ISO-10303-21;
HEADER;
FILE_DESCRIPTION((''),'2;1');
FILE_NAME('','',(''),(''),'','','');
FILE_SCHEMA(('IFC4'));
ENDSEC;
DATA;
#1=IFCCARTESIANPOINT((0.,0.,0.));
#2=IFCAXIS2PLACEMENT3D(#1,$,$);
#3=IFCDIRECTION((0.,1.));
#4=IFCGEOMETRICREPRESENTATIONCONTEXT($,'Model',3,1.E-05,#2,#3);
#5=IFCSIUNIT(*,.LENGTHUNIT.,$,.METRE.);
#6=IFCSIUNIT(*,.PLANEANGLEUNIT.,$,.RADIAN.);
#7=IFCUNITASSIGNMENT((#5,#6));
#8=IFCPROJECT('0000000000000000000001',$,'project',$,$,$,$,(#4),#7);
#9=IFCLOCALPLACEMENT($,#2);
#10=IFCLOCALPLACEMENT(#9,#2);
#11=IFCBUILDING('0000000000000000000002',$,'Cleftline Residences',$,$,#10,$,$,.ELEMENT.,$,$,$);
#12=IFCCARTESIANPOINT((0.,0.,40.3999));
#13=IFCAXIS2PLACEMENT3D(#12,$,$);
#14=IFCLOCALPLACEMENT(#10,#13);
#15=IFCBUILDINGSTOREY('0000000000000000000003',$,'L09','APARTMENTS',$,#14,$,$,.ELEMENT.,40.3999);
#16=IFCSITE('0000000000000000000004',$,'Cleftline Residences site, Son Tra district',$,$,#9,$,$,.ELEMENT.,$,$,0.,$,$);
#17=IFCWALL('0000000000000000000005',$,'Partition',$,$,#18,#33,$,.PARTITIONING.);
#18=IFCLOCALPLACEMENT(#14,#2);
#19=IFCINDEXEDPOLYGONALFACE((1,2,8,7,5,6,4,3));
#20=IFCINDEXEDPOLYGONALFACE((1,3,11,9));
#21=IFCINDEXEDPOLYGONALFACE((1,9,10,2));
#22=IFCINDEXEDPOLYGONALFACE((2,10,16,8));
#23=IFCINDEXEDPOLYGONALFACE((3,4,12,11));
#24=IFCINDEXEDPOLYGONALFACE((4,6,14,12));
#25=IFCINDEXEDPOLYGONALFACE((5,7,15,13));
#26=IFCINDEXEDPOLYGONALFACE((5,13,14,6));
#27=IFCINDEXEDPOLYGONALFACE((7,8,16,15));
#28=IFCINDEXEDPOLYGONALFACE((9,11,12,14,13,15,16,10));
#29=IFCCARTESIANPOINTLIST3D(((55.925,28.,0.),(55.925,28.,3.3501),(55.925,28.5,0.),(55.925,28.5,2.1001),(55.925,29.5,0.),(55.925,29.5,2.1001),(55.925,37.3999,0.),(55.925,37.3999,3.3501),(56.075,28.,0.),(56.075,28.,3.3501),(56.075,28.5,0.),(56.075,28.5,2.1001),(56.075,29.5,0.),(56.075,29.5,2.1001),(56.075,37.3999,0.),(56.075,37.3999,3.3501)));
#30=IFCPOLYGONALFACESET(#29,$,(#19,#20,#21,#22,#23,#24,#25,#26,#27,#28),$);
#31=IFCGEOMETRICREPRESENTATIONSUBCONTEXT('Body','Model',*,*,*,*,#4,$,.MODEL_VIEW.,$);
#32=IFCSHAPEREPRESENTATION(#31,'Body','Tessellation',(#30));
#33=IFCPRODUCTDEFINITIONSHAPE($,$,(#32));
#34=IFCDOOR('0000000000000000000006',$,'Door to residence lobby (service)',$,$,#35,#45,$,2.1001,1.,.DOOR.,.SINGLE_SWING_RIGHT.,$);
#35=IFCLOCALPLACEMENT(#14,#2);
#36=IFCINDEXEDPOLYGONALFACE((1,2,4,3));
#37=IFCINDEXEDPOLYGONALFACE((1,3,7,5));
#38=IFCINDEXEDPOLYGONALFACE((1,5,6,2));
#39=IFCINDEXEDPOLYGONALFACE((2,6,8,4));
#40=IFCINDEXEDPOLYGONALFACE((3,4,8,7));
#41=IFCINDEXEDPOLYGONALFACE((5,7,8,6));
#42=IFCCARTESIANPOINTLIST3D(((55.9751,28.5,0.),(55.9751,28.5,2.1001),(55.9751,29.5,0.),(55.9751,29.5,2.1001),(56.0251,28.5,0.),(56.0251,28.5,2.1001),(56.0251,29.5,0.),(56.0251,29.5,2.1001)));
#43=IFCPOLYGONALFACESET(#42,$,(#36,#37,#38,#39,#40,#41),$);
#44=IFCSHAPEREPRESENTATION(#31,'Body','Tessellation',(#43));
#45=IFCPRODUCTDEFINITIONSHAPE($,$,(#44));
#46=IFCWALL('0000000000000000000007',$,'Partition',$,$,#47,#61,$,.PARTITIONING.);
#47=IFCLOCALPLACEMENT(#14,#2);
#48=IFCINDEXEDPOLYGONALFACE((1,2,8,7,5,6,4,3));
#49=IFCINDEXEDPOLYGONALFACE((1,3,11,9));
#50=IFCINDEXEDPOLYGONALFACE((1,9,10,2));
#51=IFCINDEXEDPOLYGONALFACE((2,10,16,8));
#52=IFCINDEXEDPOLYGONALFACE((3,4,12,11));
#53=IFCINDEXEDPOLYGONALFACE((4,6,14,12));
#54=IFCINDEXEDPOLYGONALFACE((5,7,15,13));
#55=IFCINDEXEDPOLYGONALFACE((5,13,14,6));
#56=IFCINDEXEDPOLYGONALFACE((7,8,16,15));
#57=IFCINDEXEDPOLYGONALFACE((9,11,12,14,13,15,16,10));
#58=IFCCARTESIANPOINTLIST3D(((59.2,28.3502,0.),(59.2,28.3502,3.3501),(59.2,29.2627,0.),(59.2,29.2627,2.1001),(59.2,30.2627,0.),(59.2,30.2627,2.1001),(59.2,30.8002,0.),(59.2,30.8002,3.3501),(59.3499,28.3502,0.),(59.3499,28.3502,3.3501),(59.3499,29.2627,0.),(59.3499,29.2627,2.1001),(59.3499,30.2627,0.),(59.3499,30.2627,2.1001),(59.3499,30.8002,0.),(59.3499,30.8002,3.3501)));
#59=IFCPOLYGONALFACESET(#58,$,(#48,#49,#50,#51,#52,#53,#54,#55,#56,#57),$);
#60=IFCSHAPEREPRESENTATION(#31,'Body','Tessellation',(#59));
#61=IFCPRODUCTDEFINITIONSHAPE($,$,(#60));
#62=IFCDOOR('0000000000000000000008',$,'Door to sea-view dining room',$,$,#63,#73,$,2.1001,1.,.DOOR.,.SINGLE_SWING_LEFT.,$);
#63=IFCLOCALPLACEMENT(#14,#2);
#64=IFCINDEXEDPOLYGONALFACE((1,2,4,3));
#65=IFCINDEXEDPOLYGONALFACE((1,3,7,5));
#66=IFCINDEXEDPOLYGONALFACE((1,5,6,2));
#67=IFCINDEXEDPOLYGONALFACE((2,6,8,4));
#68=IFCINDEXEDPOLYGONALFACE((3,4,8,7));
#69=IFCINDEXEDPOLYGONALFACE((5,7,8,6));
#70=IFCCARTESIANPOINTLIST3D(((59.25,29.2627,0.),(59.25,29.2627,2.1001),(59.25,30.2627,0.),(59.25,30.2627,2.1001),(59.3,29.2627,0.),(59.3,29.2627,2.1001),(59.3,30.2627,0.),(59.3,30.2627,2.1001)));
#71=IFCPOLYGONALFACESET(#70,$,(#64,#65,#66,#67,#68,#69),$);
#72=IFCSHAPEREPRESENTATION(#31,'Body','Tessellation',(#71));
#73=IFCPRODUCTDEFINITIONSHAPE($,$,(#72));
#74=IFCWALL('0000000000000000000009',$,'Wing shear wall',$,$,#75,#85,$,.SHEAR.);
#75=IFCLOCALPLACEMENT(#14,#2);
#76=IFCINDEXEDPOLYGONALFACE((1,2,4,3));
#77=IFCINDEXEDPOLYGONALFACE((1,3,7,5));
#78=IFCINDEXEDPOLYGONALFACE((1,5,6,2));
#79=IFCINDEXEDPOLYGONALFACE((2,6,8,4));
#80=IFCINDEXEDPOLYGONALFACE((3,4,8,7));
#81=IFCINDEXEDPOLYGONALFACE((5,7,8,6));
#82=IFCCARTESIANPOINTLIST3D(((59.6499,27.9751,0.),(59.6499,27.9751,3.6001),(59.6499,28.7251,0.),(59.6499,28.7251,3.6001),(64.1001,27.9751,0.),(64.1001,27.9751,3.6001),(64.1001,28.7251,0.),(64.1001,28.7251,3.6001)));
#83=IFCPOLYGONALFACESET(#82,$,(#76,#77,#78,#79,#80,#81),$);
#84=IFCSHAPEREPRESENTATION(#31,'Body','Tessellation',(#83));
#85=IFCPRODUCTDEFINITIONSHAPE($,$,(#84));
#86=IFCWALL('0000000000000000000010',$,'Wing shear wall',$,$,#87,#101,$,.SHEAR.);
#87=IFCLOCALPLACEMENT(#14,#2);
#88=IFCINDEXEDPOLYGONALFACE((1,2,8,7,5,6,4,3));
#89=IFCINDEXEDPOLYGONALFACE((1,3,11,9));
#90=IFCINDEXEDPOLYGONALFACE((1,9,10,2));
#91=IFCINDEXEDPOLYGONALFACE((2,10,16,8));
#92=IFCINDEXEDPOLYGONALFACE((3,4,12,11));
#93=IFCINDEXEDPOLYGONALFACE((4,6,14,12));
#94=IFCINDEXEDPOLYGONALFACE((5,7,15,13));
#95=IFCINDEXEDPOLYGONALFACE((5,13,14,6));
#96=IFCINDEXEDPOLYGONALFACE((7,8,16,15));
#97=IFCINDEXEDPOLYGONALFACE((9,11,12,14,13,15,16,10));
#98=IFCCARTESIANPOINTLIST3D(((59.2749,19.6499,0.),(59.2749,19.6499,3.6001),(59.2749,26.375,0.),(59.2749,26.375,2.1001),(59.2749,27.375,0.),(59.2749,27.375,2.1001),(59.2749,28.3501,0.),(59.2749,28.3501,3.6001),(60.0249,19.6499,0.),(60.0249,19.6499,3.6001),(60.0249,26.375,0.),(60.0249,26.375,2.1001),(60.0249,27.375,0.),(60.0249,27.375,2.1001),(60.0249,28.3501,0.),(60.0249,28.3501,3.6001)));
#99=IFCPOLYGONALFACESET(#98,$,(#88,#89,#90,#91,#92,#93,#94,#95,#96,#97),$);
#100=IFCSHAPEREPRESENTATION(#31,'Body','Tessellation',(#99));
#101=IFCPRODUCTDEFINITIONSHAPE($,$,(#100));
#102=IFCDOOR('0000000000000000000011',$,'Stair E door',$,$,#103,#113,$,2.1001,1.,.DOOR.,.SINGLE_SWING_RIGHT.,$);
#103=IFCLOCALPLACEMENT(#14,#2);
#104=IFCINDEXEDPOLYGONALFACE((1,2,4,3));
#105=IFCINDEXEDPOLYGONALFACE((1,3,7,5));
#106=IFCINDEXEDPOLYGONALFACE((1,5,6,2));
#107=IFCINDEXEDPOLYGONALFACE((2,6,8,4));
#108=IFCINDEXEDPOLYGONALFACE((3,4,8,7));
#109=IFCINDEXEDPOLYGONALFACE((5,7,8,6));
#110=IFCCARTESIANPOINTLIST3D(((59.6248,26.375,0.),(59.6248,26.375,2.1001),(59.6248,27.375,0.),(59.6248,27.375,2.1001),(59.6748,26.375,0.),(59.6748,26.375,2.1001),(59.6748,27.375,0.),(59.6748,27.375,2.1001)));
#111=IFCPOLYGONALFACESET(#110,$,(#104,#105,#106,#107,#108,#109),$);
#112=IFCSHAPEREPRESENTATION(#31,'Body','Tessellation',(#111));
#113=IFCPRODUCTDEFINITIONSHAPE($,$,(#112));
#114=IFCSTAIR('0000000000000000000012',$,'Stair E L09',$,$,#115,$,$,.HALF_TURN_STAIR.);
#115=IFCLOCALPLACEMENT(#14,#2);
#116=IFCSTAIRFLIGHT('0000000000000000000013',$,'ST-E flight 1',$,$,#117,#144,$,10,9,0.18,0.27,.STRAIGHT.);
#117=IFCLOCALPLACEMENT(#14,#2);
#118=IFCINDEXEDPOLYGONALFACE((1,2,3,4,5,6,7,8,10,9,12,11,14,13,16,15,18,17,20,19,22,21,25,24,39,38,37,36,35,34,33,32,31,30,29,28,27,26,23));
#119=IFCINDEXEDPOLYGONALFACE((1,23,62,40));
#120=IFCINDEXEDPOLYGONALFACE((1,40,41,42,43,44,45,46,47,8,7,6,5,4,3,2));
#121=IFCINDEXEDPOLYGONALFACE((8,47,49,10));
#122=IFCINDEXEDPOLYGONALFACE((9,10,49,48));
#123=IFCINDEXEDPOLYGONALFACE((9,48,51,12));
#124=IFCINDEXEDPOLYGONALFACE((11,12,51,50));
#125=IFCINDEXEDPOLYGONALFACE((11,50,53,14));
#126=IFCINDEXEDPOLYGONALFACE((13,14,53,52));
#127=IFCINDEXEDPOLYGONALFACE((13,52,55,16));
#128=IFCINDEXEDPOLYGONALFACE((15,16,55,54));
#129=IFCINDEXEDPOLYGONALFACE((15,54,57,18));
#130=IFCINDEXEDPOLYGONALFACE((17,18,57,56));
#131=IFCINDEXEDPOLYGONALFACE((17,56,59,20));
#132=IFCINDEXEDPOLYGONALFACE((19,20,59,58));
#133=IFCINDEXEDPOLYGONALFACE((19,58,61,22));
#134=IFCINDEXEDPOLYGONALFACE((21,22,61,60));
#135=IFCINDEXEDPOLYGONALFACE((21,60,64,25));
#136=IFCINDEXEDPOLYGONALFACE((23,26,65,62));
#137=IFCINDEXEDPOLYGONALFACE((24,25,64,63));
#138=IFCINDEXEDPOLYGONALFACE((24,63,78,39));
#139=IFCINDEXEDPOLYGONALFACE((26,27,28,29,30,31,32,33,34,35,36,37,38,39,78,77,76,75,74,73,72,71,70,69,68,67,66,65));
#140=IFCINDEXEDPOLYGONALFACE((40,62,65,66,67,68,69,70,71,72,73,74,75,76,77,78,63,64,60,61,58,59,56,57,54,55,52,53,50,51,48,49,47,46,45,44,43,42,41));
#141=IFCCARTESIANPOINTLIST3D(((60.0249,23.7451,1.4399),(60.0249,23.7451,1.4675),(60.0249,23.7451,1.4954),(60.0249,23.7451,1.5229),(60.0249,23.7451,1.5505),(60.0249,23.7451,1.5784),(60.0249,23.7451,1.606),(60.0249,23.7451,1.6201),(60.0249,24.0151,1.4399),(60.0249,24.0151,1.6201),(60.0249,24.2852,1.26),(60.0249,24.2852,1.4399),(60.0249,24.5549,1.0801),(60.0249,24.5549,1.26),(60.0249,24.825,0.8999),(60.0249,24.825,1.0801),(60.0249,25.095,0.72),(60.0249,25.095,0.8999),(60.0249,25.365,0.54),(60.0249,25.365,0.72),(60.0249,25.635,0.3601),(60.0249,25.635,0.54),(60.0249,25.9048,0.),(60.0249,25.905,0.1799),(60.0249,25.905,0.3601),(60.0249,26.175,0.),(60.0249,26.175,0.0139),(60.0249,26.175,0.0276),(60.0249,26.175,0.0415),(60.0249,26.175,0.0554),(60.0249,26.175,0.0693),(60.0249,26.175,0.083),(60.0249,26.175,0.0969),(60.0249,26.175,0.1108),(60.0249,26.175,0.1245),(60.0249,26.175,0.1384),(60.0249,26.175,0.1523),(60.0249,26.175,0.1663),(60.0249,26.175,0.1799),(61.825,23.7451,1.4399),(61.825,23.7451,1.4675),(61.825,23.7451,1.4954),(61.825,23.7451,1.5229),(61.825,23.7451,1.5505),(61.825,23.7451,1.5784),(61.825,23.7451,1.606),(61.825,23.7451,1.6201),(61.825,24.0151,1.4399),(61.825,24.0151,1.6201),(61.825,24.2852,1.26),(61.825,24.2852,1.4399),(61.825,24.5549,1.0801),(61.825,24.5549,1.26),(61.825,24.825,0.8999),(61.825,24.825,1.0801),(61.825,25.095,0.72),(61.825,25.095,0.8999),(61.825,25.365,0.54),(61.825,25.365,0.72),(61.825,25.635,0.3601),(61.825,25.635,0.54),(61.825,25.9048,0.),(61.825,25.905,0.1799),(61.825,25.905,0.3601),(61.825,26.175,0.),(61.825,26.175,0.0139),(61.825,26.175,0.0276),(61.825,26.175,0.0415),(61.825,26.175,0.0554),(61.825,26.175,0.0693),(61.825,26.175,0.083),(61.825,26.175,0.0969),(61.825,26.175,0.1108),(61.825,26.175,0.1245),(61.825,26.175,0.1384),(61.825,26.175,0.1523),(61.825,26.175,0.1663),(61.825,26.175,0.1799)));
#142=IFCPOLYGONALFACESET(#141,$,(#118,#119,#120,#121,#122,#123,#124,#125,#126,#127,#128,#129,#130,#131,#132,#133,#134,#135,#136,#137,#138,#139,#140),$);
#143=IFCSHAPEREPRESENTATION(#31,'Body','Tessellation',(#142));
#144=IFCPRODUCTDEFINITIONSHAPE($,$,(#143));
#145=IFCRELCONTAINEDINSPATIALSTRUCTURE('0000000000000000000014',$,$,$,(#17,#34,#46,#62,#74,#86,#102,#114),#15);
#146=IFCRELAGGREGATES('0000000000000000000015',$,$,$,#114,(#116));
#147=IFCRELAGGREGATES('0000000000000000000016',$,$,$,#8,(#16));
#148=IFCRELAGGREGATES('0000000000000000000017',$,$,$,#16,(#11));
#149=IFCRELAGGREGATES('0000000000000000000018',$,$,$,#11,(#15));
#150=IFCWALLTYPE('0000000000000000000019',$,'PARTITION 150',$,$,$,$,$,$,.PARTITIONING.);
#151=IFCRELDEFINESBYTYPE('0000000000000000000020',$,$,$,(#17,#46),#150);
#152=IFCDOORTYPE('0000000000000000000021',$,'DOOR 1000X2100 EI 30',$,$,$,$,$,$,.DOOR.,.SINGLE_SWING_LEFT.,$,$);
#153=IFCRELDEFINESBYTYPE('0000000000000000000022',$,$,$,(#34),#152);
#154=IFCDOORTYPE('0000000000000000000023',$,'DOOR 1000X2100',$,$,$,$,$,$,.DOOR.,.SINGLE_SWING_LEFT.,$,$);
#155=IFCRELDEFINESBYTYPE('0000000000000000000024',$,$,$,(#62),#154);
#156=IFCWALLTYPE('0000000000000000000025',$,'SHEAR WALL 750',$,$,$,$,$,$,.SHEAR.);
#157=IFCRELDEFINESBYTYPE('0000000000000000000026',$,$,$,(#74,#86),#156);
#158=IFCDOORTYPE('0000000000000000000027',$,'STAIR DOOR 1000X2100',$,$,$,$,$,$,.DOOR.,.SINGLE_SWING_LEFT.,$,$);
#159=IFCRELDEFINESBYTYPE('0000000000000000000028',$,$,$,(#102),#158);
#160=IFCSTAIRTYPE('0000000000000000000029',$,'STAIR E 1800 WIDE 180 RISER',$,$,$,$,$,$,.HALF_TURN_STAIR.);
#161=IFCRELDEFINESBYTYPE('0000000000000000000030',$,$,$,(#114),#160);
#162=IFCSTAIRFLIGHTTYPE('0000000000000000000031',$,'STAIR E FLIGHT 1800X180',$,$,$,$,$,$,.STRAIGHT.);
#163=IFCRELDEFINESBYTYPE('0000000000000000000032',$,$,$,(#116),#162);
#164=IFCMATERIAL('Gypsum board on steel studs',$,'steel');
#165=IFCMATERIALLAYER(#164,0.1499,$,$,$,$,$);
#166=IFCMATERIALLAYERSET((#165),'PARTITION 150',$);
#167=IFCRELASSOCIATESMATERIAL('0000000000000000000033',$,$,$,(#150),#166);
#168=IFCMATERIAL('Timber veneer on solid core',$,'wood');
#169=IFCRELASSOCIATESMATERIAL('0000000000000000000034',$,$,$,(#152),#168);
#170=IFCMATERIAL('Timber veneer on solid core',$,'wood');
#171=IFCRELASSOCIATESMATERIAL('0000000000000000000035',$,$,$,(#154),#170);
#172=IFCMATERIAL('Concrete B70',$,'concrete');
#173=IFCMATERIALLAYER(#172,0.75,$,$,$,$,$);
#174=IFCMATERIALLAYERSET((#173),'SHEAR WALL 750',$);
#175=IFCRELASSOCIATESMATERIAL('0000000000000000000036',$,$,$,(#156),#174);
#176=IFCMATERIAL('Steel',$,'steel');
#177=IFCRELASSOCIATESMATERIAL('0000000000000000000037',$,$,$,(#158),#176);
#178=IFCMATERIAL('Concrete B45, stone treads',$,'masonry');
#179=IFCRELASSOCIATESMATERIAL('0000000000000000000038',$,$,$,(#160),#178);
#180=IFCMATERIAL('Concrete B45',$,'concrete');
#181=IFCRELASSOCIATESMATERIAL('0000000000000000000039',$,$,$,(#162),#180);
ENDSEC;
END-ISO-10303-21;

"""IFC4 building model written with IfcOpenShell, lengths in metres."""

from ifc_helpers import new_model, si_unit, direction, frame, frame_2d, origin, place, context, subcontext, project, spatial, polyline, rectangle, outline, extrude, material, layer, layer_set, type_object, element, fill, aggregate, save


model = new_model("IFC4")

# Units and contexts
model_context = context("Model", 3, precision=1e-05, world=origin(), true_north=direction((0.0, 1.0)))
body_context = subcontext(model_context, "Body", "Model", "MODEL_VIEW")
ifc_project = project(units=[si_unit("LENGTHUNIT", "METRE"), si_unit("PLANEANGLEUNIT", "RADIAN")], contexts=[model_context])

# Site, building, storey
site_placement = place(None, origin())
site = spatial("IfcSite", under=ifc_project, at=site_placement, Name="Cleftline Residences site, Son Tra district", CompositionType="ELEMENT", RefElevation=0.0)
building_placement = place(site_placement, origin())
building = spatial("IfcBuilding", under=site, at=building_placement, Name="Cleftline Residences", CompositionType="ELEMENT")
storey_placement = place(building_placement, frame((0.0, 0.0, 40.3999)))
storey = spatial("IfcBuildingStorey", under=building, at=storey_placement, Name="L09", Description="APARTMENTS", CompositionType="ELEMENT", Elevation=40.3999)

# Shared definitions
ifc_material_1 = material(Name="Gypsum board on steel studs", Category="steel")
ifc_layer_1 = layer(ifc_material_1, 0.1499)
ifc_layer_set_1 = layer_set([ifc_layer_1], Name="PARTITION 150")
wall_type_1 = type_object("IfcWallType", Name="PARTITION 150", PredefinedType="PARTITIONING", material=ifc_layer_set_1)

# Walls, openings, doors
wall_1_placement = place(storey_placement, frame((56.0, 28.0, 0.0), z_axis=(0.0, 0.0, 1.0), x_axis=(0.0, 1.0, 0.0)))
wall_1 = element("IfcWall", 1, at=wall_1_placement, inside=storey, type_object=wall_type_1, Name="Partition", PredefinedType="PARTITIONING", context=body_context, shape_type="SweptSolid", body=[
    extrude(rectangle(XDim=9.3999, YDim=0.1499, at=frame_2d((4.7, 0.0))), origin(), (0.0, 0.0, 1.0), 3.3501),
])
opening_1_placement = place(wall_1_placement, frame((0.5, 0.0, 0.0)))
opening_1 = element("IfcOpeningElement", 2, at=opening_1_placement, cuts=wall_1, PredefinedType="OPENING", context=body_context, shape_type="SweptSolid", body=[
    extrude(rectangle(XDim=1.0, YDim=2.1001, at=frame_2d((0.5, 1.05))), frame((0.0, 0.085, 0.0), z_axis=(0.0, -1.0, 0.0), x_axis=(1.0, 0.0, 0.0)), (0.0, 0.0, 1.0), 0.1699),
])
ifc_material_2 = material(Name="Timber veneer on solid core", Category="wood")
door_type_1 = type_object("IfcDoorType", Name="DOOR 1000X2100 EI 30", OperationType="SINGLE_SWING_LEFT", PredefinedType="DOOR", material=ifc_material_2)
door_1_placement = place(opening_1_placement, origin())
door_1 = element("IfcDoor", 3, at=door_1_placement, inside=storey, type_object=door_type_1, Name="Door to residence lobby (service)", OperationType="SINGLE_SWING_RIGHT", OverallHeight=2.1001, OverallWidth=1.0, PredefinedType="DOOR", context=body_context, shape_type="SweptSolid", body=[
    extrude(rectangle(XDim=1.0, YDim=2.1001, at=frame_2d((0.5, 1.05))), frame((0.0, 0.0249, 0.0), z_axis=(0.0, -1.0, 0.0), x_axis=(1.0, 0.0, 0.0)), (0.0, 0.0, 1.0), 0.05),
])
fill(opening_1, door_1)
wall_2_placement = place(storey_placement, frame((59.2749, 28.3501, 0.0), z_axis=(0.0, 0.0, 1.0), x_axis=(0.0, 1.0, 0.0)))
wall_2 = element("IfcWall", 4, at=wall_2_placement, inside=storey, type_object=wall_type_1, Name="Partition", PredefinedType="PARTITIONING", context=body_context, shape_type="SweptSolid", body=[
    extrude(rectangle(XDim=2.45, YDim=0.1499, at=frame_2d((1.2251, 0.0))), origin(), (0.0, 0.0, 1.0), 3.3501),
])
opening_2_placement = place(wall_2_placement, frame((0.9126, 0.0, 0.0)))
opening_2 = element("IfcOpeningElement", 5, at=opening_2_placement, cuts=wall_2, PredefinedType="OPENING", context=body_context, shape_type="SweptSolid", body=[
    extrude(rectangle(XDim=1.0, YDim=2.1001, at=frame_2d((0.5, 1.05))), frame((0.0, 0.085, 0.0), z_axis=(0.0, -1.0, 0.0), x_axis=(1.0, 0.0, 0.0)), (0.0, 0.0, 1.0), 0.1699),
])
ifc_material_3 = material(Name="Timber veneer on solid core", Category="wood")
door_type_2 = type_object("IfcDoorType", Name="DOOR 1000X2100", OperationType="SINGLE_SWING_LEFT", PredefinedType="DOOR", material=ifc_material_3)
door_2_placement = place(opening_2_placement, origin())
door_2 = element("IfcDoor", 6, at=door_2_placement, inside=storey, type_object=door_type_2, Name="Door to sea-view dining room", OperationType="SINGLE_SWING_LEFT", OverallHeight=2.1001, OverallWidth=1.0, PredefinedType="DOOR", context=body_context, shape_type="SweptSolid", body=[
    extrude(rectangle(XDim=1.0, YDim=2.1001, at=frame_2d((0.5, 1.05))), frame((0.0, 0.0249, 0.0), z_axis=(0.0, -1.0, 0.0), x_axis=(1.0, 0.0, 0.0)), (0.0, 0.0, 1.0), 0.05),
])
fill(opening_2, door_2)

# Wall
ifc_material_4 = material(Name="Concrete B70", Category="concrete")
ifc_layer_2 = layer(ifc_material_4, 0.75)
ifc_layer_set_2 = layer_set([ifc_layer_2], Name="SHEAR WALL 750")
wall_type_2 = type_object("IfcWallType", Name="SHEAR WALL 750", PredefinedType="SHEAR", material=ifc_layer_set_2)
wall_3_placement = place(storey_placement, frame((64.1001, 28.3501, 0.0), z_axis=(0.0, 0.0, 1.0), x_axis=(-1.0, 0.0, 0.0)))
element("IfcWall", 7, at=wall_3_placement, inside=storey, type_object=wall_type_2, Name="Wing shear wall", PredefinedType="SHEAR", context=body_context, shape_type="SweptSolid", body=[
    extrude(rectangle(XDim=4.4502, YDim=0.75, at=frame_2d((2.2251, 0.0))), origin(), (0.0, 0.0, 1.0), 3.6001),
])

# Wall, opening, door
wall_4_placement = place(storey_placement, frame((59.6499, 28.3501, 0.0), z_axis=(0.0, 0.0, 1.0), x_axis=(0.0, -1.0, 0.0)))
wall_4 = element("IfcWall", 8, at=wall_4_placement, inside=storey, type_object=wall_type_2, Name="Wing shear wall", PredefinedType="SHEAR", context=body_context, shape_type="SweptSolid", body=[
    extrude(rectangle(XDim=8.7002, YDim=0.75, at=frame_2d((4.3501, 0.0))), origin(), (0.0, 0.0, 1.0), 3.6001),
])
opening_3_placement = place(wall_4_placement, frame((0.9751, 0.0, 0.0)))
opening_3 = element("IfcOpeningElement", 9, at=opening_3_placement, cuts=wall_4, PredefinedType="OPENING", context=body_context, shape_type="SweptSolid", body=[
    extrude(rectangle(XDim=1.0, YDim=2.1001, at=frame_2d((0.5, 1.05))), frame((0.0, 0.385, 0.0), z_axis=(0.0, -1.0, 0.0), x_axis=(1.0, 0.0, 0.0)), (0.0, 0.0, 1.0), 0.77),
])
ifc_material_5 = material(Name="Steel", Category="steel")
door_type_3 = type_object("IfcDoorType", Name="STAIR DOOR 1000X2100", OperationType="SINGLE_SWING_LEFT", PredefinedType="DOOR", material=ifc_material_5)
door_3_placement = place(opening_3_placement, origin())
door_3 = element("IfcDoor", 10, at=door_3_placement, inside=storey, type_object=door_type_3, Name="Stair E door", OperationType="SINGLE_SWING_RIGHT", OverallHeight=2.1001, OverallWidth=1.0, PredefinedType="DOOR", context=body_context, shape_type="SweptSolid", body=[
    extrude(rectangle(XDim=1.0, YDim=2.1001, at=frame_2d((0.5, 1.05))), frame((0.0, 0.0249, 0.0), z_axis=(0.0, -1.0, 0.0), x_axis=(1.0, 0.0, 0.0)), (0.0, 0.0, 1.0), 0.05),
])
fill(opening_3, door_3)

# Stair, stair flight
ifc_material_6 = material(Name="Concrete B45, stone treads", Category="masonry")
stair_type = type_object("IfcStairType", Name="STAIR E 1800 WIDE 180 RISER", PredefinedType="HALF_TURN_STAIR", material=ifc_material_6)
stair_placement = place(storey_placement, origin())
stair = element("IfcStair", 11, at=stair_placement, inside=storey, type_object=stair_type, Name="Stair E L09", PredefinedType="HALF_TURN_STAIR")
ifc_material_7 = material(Name="Concrete B45", Category="concrete")
stair_flight_type = type_object("IfcStairFlightType", Name="STAIR E FLIGHT 1800X180", PredefinedType="STRAIGHT", material=ifc_material_7)
stair_flight_placement = place(storey_placement, frame((60.925, 26.175, 0.0), z_axis=(0.0, 0.0, 1.0), x_axis=(0.0, -1.0, 0.0)))
stair_flight = element("IfcStairFlight", 12, at=stair_flight_placement, type_object=stair_flight_type, Name="ST-E flight 1", NumberOfRisers=10, NumberOfTreads=9, PredefinedType="STRAIGHT", RiserHeight=0.18, TreadLength=0.27, context=body_context, shape_type="SweptSolid", body=[
    extrude(outline(polyline([(0.0, 0.0), (0.0, 0.0139), (0.0, 0.0276), (0.0, 0.0415), (0.0, 0.0554), (0.0, 0.0693), (0.0, 0.083), (0.0, 0.0969), (0.0, 0.1108), (0.0, 0.1245), (0.0, 0.1384), (0.0, 0.1523), (0.0, 0.1663), (0.0, 0.1799), (0.27, 0.1799), (0.27, 0.3601), (0.54, 0.3601), (0.54, 0.54), (0.8101, 0.54), (0.8101, 0.72), (1.0801, 0.72), (1.0801, 0.8999), (1.3501, 0.8999), (1.3501, 1.0801), (1.6201, 1.0801), (1.6201, 1.26), (1.8899, 1.26), (1.8899, 1.4399), (2.1599, 1.4399), (2.1599, 1.6201), (2.4299, 1.6201), (2.4299, 1.8), (2.4299, 1.7722), (2.4299, 1.7446), (2.4299, 1.7168), (2.4299, 1.6892), (2.4299, 1.6614), (2.4299, 1.6338), (2.4299, 1.606), (2.4299, 1.5784), (2.4299, 1.5505), (2.4299, 1.5229), (2.4299, 1.4954), (2.4299, 1.4675), (2.4299, 1.4399), (0.2703, 0.0), (0.0, 0.0)])), frame((0.0, 0.8999, 0.0), z_axis=(0.0, -1.0, 0.0), x_axis=(1.0, 0.0, 0.0)), (0.0, 0.0, 1.0), 1.8),
])
aggregate(stair, [stair_flight])

save(model, "model.ifc")
